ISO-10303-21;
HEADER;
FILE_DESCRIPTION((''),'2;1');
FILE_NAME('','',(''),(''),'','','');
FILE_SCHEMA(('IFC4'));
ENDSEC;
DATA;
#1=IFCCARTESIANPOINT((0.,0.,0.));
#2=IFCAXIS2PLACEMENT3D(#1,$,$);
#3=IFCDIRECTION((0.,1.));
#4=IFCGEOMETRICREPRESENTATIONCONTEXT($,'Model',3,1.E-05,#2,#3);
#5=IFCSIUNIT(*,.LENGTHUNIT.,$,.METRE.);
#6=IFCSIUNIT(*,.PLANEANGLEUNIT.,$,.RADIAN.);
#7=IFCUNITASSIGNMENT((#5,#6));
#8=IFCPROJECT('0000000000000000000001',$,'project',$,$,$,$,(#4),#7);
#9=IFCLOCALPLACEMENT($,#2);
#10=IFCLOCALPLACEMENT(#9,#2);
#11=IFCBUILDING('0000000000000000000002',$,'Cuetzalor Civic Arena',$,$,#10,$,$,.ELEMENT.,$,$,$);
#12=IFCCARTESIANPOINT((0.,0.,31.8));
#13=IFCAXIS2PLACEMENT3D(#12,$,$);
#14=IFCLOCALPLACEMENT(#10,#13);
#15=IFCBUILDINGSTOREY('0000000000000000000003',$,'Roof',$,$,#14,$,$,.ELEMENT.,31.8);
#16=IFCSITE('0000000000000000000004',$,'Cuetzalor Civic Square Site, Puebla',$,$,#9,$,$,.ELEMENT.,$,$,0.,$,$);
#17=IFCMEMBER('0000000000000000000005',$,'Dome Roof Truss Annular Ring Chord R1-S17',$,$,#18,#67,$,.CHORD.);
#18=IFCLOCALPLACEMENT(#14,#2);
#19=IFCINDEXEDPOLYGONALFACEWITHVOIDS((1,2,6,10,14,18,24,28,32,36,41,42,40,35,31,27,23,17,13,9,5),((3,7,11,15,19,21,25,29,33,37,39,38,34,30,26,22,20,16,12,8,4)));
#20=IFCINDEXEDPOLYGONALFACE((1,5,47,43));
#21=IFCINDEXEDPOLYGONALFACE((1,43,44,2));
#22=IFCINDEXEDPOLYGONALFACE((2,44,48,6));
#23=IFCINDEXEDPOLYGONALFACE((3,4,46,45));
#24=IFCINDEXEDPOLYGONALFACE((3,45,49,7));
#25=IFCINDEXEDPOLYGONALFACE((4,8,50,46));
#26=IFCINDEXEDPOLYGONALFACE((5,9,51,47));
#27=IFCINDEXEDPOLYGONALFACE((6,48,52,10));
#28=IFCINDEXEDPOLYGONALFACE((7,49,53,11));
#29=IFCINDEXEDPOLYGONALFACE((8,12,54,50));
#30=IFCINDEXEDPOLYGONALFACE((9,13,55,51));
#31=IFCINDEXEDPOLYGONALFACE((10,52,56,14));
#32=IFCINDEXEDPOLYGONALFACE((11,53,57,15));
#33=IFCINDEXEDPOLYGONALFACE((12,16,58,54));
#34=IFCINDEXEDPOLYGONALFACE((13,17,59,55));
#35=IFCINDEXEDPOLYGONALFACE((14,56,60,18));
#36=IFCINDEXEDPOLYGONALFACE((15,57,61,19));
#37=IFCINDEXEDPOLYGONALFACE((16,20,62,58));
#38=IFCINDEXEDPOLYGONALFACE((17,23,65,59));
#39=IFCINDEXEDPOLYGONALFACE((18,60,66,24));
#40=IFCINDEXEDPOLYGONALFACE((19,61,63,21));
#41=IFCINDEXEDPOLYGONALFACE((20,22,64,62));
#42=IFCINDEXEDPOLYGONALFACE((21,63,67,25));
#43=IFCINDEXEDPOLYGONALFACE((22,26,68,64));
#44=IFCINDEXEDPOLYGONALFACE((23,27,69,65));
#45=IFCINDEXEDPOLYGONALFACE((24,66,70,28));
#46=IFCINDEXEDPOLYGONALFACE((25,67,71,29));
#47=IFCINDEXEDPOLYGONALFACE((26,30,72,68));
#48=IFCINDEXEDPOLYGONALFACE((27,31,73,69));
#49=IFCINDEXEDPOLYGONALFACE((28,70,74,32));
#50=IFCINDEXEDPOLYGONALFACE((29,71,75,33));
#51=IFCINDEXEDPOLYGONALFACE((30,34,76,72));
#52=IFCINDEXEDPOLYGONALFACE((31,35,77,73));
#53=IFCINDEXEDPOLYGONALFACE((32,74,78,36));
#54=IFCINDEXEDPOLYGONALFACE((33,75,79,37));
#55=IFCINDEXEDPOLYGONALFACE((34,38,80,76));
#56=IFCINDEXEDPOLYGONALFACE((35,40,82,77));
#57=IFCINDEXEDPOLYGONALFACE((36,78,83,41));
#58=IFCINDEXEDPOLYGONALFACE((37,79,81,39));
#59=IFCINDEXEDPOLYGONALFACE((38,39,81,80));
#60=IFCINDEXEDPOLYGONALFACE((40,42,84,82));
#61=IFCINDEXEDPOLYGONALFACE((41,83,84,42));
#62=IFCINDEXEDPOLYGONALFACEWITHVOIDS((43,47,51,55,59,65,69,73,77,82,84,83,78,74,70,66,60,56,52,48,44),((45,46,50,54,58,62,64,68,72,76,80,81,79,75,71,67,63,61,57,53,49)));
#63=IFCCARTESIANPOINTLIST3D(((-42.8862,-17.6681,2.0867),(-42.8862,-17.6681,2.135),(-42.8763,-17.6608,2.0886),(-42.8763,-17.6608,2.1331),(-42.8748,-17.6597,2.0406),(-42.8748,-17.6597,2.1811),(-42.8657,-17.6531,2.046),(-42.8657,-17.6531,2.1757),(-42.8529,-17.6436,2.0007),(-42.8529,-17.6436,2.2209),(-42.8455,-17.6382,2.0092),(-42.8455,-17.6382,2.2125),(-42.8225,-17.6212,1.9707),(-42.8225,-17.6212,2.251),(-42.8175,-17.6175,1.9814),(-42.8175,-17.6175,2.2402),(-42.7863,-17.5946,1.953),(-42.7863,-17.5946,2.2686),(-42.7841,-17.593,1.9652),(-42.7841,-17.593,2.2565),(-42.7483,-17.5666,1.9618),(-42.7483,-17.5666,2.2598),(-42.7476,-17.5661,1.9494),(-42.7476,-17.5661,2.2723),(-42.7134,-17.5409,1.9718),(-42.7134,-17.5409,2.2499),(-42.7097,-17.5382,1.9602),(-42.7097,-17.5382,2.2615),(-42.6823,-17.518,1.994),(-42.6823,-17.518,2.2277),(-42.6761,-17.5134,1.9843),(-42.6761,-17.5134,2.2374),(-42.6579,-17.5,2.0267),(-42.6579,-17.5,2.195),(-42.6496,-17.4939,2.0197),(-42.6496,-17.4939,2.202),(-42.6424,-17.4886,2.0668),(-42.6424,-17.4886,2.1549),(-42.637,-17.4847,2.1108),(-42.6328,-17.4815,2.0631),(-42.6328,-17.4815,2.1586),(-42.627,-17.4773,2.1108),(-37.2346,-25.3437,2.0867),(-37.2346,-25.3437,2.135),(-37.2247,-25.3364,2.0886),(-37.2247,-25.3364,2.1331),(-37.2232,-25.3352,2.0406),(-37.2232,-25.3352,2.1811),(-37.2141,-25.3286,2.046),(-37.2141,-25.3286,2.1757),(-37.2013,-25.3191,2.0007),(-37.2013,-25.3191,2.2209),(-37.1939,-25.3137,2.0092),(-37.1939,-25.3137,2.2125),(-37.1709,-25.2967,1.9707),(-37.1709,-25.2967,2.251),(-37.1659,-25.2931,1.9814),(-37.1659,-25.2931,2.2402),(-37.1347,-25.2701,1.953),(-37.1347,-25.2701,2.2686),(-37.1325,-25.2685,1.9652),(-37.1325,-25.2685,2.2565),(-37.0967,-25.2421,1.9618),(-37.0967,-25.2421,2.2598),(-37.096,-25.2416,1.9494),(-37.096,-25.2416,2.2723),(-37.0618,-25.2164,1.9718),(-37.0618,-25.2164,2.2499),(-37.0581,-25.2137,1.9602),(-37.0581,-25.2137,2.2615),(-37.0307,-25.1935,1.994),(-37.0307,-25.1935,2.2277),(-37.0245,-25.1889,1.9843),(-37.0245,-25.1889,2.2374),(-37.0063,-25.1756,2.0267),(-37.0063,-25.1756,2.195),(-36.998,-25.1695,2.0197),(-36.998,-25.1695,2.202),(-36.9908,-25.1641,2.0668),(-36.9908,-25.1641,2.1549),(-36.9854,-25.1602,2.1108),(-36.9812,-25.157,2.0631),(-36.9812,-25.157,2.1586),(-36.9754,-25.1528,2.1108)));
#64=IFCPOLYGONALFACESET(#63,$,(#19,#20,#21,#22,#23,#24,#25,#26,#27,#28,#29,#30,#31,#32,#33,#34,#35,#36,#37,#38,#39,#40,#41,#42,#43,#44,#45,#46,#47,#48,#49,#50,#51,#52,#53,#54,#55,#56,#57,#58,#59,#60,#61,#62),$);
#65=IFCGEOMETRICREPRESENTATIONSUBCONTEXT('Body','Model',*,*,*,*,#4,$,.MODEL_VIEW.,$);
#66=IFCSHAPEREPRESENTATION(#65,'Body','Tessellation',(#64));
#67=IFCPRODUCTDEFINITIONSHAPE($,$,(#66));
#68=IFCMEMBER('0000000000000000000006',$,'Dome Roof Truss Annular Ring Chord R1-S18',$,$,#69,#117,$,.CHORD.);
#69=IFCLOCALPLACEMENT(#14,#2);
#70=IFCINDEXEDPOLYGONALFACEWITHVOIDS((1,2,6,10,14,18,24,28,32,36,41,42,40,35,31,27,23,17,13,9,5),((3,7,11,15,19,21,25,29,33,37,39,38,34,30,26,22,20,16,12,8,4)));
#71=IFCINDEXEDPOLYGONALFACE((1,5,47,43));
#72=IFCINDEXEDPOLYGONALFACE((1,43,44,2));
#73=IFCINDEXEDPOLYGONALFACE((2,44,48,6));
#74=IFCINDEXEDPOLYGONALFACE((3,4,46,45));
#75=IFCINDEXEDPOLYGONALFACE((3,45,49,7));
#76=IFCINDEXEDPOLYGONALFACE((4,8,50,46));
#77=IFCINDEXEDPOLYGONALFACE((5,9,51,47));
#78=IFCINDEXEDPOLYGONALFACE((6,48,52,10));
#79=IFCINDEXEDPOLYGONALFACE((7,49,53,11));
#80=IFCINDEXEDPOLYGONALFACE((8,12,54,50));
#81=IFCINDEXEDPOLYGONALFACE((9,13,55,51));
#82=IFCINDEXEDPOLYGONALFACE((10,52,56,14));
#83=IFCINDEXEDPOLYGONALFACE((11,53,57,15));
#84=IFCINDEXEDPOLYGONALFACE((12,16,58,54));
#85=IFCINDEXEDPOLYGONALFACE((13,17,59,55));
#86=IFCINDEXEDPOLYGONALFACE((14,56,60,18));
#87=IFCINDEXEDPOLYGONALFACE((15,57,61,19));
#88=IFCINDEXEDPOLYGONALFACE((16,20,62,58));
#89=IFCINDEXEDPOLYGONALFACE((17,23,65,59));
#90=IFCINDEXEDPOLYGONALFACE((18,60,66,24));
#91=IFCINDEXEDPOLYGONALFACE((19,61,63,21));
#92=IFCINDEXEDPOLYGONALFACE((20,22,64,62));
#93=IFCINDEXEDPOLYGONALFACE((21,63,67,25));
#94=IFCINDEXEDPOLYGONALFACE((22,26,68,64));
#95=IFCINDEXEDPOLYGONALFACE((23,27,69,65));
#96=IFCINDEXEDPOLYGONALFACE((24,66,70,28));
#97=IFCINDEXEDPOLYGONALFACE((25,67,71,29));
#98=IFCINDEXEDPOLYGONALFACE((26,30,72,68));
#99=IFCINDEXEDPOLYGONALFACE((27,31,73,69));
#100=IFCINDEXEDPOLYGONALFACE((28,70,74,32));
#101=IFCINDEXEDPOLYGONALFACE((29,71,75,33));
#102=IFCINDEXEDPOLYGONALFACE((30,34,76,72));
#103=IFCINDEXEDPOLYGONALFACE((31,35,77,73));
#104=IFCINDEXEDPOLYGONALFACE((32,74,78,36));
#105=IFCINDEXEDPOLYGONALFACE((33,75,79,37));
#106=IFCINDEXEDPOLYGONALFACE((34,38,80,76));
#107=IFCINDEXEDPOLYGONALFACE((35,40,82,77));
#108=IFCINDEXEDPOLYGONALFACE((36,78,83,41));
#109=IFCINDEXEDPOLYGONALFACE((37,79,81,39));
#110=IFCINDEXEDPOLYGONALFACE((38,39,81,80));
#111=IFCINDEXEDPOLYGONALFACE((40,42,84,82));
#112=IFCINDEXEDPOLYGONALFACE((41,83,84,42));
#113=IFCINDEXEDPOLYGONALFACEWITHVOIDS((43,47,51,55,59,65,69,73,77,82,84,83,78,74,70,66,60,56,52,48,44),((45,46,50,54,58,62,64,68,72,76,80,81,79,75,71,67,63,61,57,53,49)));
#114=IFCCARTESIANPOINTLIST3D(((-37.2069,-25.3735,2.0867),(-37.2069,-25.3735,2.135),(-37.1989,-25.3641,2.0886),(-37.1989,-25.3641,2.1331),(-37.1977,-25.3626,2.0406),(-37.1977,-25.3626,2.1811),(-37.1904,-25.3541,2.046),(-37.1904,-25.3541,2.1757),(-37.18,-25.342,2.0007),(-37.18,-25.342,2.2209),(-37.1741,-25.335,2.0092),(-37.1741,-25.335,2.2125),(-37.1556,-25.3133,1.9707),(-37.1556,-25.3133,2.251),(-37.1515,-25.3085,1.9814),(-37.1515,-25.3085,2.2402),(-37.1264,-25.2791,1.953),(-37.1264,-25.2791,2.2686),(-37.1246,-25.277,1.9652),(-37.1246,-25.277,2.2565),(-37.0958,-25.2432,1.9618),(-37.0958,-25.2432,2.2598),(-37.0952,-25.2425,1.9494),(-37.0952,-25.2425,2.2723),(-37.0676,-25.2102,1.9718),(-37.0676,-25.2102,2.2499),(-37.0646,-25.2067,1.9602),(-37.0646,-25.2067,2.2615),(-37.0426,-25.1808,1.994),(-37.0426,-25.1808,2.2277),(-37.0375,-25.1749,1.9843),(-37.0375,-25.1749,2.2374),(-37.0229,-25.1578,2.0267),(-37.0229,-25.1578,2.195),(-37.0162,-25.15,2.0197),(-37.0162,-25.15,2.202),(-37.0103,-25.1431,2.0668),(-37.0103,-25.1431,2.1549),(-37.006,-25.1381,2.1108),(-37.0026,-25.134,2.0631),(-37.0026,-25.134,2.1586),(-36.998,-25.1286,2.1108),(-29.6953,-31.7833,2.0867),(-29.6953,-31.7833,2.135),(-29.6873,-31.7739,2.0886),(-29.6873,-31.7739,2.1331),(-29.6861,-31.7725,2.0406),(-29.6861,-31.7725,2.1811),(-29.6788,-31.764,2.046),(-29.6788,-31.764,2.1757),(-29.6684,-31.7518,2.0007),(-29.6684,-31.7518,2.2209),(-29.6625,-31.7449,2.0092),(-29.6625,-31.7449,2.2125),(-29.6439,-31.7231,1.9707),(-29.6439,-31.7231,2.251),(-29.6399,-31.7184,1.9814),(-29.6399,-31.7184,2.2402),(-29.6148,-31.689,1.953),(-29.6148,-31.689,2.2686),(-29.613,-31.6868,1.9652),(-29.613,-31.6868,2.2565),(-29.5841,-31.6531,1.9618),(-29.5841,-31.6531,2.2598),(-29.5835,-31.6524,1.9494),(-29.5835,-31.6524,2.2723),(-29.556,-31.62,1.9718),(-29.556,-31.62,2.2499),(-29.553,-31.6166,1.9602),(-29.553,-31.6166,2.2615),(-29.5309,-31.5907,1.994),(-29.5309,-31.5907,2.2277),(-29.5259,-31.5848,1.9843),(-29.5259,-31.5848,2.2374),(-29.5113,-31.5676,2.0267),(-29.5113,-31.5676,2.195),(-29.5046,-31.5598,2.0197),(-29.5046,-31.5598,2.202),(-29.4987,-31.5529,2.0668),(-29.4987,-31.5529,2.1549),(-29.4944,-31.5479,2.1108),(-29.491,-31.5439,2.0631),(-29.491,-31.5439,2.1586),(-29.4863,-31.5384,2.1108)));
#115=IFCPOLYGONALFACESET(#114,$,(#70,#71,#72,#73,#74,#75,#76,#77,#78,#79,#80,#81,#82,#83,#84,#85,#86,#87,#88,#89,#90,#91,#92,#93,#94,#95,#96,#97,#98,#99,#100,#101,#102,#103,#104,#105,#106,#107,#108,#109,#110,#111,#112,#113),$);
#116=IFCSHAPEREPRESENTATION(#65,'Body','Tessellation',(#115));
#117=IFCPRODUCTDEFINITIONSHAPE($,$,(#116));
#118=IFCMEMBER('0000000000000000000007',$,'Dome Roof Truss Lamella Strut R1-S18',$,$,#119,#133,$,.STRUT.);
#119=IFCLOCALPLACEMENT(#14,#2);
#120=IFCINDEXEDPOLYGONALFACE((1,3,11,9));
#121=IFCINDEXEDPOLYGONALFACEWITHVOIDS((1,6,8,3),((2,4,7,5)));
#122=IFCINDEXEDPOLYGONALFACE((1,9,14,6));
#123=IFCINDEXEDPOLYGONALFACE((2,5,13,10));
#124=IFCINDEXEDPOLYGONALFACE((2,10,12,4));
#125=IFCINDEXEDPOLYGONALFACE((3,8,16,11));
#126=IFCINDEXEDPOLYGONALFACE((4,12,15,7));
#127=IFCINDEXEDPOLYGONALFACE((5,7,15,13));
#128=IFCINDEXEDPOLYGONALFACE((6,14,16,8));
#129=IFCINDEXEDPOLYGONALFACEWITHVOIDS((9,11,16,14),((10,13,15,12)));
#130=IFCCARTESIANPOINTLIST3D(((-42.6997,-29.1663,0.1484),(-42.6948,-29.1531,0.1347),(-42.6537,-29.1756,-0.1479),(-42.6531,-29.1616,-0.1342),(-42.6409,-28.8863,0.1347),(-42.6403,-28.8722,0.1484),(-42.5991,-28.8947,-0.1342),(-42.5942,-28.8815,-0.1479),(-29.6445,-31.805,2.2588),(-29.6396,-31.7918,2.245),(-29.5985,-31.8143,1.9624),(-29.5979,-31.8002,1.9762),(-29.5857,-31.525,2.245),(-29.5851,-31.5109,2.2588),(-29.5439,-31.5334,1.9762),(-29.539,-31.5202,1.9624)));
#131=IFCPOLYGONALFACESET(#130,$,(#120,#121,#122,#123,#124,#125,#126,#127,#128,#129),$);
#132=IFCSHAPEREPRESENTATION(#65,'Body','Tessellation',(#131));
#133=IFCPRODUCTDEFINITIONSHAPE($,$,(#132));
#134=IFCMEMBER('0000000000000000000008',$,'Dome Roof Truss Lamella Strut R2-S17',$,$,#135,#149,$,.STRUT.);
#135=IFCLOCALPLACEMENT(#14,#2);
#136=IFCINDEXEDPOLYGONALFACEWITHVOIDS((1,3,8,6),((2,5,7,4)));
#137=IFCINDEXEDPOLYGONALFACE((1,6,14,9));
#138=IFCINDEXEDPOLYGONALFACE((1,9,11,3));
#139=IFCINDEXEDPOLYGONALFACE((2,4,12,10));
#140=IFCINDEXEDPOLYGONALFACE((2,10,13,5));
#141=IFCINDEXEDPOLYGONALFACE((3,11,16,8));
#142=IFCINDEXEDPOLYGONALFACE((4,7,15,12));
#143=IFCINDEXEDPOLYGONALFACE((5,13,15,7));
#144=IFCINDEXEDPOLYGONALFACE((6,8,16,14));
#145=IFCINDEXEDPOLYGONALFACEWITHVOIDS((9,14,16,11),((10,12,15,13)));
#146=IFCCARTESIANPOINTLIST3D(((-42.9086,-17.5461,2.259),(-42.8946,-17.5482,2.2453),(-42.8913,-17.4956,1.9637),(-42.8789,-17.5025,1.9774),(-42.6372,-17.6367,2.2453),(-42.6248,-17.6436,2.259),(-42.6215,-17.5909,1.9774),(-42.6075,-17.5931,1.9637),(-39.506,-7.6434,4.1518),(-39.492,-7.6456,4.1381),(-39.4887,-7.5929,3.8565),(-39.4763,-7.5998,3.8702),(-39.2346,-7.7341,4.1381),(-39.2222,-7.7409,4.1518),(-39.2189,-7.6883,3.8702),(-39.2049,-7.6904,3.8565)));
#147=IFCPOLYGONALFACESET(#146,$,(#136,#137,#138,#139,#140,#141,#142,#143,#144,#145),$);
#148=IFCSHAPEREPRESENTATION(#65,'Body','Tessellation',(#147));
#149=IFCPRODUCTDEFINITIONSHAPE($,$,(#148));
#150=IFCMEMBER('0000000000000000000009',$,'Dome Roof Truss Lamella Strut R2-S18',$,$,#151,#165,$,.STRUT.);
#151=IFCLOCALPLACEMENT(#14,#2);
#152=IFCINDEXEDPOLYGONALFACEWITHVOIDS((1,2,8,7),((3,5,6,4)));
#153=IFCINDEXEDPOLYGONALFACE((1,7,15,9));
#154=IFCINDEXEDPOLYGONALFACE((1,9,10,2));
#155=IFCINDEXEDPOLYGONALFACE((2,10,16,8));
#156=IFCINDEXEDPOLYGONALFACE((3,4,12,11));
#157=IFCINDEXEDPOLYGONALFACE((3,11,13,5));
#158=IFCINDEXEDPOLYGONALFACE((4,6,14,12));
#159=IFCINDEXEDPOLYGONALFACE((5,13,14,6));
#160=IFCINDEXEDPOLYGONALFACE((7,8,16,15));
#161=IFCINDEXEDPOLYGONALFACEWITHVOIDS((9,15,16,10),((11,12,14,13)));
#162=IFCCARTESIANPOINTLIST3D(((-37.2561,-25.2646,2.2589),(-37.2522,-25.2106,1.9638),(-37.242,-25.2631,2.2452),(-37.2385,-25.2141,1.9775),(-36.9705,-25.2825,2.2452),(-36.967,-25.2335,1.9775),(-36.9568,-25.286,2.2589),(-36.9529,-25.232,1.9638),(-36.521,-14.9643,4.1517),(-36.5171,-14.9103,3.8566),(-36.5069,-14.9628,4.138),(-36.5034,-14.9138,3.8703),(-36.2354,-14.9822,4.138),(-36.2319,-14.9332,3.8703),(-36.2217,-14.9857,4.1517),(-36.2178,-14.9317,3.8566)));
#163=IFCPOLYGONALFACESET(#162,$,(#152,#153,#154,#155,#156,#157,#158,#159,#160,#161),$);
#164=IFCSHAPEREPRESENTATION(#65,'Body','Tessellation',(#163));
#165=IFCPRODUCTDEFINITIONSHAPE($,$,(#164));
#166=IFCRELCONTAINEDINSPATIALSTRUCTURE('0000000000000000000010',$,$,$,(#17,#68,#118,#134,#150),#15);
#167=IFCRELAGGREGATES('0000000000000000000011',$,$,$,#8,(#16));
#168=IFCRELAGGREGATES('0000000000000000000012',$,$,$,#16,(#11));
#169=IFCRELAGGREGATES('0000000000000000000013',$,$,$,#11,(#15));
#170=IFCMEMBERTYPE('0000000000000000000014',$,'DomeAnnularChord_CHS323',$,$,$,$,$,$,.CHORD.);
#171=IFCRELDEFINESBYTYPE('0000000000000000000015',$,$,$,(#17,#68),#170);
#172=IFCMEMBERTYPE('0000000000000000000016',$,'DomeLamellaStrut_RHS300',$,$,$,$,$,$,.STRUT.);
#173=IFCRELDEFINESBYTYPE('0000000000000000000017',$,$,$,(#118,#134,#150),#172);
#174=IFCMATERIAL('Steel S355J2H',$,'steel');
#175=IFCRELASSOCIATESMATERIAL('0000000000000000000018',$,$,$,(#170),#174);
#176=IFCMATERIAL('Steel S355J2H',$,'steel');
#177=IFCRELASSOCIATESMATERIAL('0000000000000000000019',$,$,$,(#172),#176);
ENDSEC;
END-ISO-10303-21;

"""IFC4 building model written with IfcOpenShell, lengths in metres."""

from ifc_helpers import new_model, si_unit, direction, frame, origin, origin_2d, place, context, subcontext, project, spatial, hollow_rectangle, hollow_circle, extrude, material, material_profile, profile_set, type_object, element, save


model = new_model("IFC4")

# Units and contexts
model_context = context("Model", 3, precision=1e-05, world=origin(), true_north=direction((0.0, 1.0)))
body_context = subcontext(model_context, "Body", "Model", "MODEL_VIEW")
ifc_project = project(units=[si_unit("LENGTHUNIT", "METRE"), si_unit("PLANEANGLEUNIT", "RADIAN")], contexts=[model_context])

# Site, building, storey
site_placement = place(None, origin())
site = spatial("IfcSite", under=ifc_project, at=site_placement, Name="Cuetzalor Civic Square Site, Puebla", CompositionType="ELEMENT", RefElevation=0.0)
building_placement = place(site_placement, origin())
building = spatial("IfcBuilding", under=site, at=building_placement, Name="Cuetzalor Civic Arena", CompositionType="ELEMENT")
storey_placement = place(building_placement, frame((0.0, 0.0, 31.8)))
storey = spatial("IfcBuildingStorey", under=building, at=storey_placement, Name="Roof", CompositionType="ELEMENT", Elevation=31.8)

# Members
ifc_material_1 = material(Name="Steel S355J2H", Category="steel")
ifc_material_profile_1 = material_profile(ifc_material_1, hollow_circle(Radius=0.1619, WallThickness=0.0125, at=origin_2d()), Name="CHS 323.9x12.5")
ifc_profile_set_1 = profile_set([ifc_material_profile_1], Name="Steel S355J2H")
member_type_1 = type_object("IfcMemberType", Name="DomeAnnularChord_CHS323", PredefinedType="CHORD", material=ifc_profile_set_1)
member_1_placement = place(storey_placement, frame((-42.7573, -17.5732, 2.1108), z_axis=(0.592924, -0.805259, 0.0), x_axis=(0.805259, 0.592924, 0.0)))
element("IfcMember", 1, at=member_1_placement, inside=storey, type_object=member_type_1, Name="Dome Roof Truss Annular Ring Chord R1-S17", PredefinedType="CHORD", context=body_context, shape_type="SweptSolid", body=[
    extrude(hollow_circle(Radius=0.1619, WallThickness=0.0125, at=origin_2d()), origin(), (0.0, 0.0, 1.0), 9.5317),
])
member_2_placement = place(storey_placement, frame((-37.103, -25.2517, 2.1108), z_axis=(0.760691, -0.649114, 0.0), x_axis=(0.649114, 0.760691, 0.0)))
element("IfcMember", 2, at=member_2_placement, inside=storey, type_object=member_type_1, Name="Dome Roof Truss Annular Ring Chord R1-S18", PredefinedType="CHORD", context=body_context, shape_type="SweptSolid", body=[
    extrude(hollow_circle(Radius=0.1619, WallThickness=0.0125, at=origin_2d()), origin(), (0.0, 0.0, 1.0), 9.8748),
])
ifc_material_2 = material(Name="Steel S355J2H", Category="steel")
ifc_material_profile_2 = material_profile(ifc_material_2, hollow_rectangle(XDim=0.3, YDim=0.3, WallThickness=0.0139, at=origin_2d()), Name="RHS 300x300x14")
ifc_profile_set_2 = profile_set([ifc_material_profile_2], Name="Steel S355J2H")
member_type_2 = type_object("IfcMemberType", Name="DomeLamellaStrut_RHS300", PredefinedType="STRUT", material=ifc_profile_set_2)
member_3_placement = place(storey_placement, frame((-42.647, -29.0239, 0.0002), z_axis=(0.968103, -0.19567, 0.156493), x_axis=(0.198111, 0.98018, 0.0)))
element("IfcMember", 3, at=member_3_placement, inside=storey, type_object=member_type_2, Name="Dome Roof Truss Lamella Strut R1-S18", PredefinedType="STRUT", context=body_context, shape_type="SweptSolid", body=[
    extrude(hollow_rectangle(XDim=0.3, YDim=0.3, WallThickness=0.0139, at=origin_2d()), origin(), (0.0, 0.0, 1.0), 13.4854),
])
member_4_placement = place(storey_placement, frame((-42.7581, -17.5696, 2.1113), z_axis=(0.319775, 0.930645, 0.177887), x_axis=(-0.945728, 0.324958, 0.0)))
element("IfcMember", 4, at=member_4_placement, inside=storey, type_object=member_type_2, Name="Dome Roof Truss Lamella Strut R2-S17", PredefinedType="STRUT", context=body_context, shape_type="SweptSolid", body=[
    extrude(hollow_rectangle(XDim=0.3, YDim=0.3, WallThickness=0.0139, at=origin_2d()), origin(), (0.0, 0.0, 1.0), 10.6406),
])
member_5_placement = place(storey_placement, frame((-37.1045, -25.2483, 2.1113), z_axis=(0.07002, 0.981117, 0.180294), x_axis=(-0.997463, 0.071187, 0.0)))
element("IfcMember", 5, at=member_5_placement, inside=storey, type_object=member_type_2, Name="Dome Roof Truss Lamella Strut R2-S18", PredefinedType="STRUT", context=body_context, shape_type="SweptSolid", body=[
    extrude(hollow_rectangle(XDim=0.3, YDim=0.3, WallThickness=0.0139, at=origin_2d()), origin(), (0.0, 0.0, 1.0), 10.4985),
])

save(model, "model.ifc")
